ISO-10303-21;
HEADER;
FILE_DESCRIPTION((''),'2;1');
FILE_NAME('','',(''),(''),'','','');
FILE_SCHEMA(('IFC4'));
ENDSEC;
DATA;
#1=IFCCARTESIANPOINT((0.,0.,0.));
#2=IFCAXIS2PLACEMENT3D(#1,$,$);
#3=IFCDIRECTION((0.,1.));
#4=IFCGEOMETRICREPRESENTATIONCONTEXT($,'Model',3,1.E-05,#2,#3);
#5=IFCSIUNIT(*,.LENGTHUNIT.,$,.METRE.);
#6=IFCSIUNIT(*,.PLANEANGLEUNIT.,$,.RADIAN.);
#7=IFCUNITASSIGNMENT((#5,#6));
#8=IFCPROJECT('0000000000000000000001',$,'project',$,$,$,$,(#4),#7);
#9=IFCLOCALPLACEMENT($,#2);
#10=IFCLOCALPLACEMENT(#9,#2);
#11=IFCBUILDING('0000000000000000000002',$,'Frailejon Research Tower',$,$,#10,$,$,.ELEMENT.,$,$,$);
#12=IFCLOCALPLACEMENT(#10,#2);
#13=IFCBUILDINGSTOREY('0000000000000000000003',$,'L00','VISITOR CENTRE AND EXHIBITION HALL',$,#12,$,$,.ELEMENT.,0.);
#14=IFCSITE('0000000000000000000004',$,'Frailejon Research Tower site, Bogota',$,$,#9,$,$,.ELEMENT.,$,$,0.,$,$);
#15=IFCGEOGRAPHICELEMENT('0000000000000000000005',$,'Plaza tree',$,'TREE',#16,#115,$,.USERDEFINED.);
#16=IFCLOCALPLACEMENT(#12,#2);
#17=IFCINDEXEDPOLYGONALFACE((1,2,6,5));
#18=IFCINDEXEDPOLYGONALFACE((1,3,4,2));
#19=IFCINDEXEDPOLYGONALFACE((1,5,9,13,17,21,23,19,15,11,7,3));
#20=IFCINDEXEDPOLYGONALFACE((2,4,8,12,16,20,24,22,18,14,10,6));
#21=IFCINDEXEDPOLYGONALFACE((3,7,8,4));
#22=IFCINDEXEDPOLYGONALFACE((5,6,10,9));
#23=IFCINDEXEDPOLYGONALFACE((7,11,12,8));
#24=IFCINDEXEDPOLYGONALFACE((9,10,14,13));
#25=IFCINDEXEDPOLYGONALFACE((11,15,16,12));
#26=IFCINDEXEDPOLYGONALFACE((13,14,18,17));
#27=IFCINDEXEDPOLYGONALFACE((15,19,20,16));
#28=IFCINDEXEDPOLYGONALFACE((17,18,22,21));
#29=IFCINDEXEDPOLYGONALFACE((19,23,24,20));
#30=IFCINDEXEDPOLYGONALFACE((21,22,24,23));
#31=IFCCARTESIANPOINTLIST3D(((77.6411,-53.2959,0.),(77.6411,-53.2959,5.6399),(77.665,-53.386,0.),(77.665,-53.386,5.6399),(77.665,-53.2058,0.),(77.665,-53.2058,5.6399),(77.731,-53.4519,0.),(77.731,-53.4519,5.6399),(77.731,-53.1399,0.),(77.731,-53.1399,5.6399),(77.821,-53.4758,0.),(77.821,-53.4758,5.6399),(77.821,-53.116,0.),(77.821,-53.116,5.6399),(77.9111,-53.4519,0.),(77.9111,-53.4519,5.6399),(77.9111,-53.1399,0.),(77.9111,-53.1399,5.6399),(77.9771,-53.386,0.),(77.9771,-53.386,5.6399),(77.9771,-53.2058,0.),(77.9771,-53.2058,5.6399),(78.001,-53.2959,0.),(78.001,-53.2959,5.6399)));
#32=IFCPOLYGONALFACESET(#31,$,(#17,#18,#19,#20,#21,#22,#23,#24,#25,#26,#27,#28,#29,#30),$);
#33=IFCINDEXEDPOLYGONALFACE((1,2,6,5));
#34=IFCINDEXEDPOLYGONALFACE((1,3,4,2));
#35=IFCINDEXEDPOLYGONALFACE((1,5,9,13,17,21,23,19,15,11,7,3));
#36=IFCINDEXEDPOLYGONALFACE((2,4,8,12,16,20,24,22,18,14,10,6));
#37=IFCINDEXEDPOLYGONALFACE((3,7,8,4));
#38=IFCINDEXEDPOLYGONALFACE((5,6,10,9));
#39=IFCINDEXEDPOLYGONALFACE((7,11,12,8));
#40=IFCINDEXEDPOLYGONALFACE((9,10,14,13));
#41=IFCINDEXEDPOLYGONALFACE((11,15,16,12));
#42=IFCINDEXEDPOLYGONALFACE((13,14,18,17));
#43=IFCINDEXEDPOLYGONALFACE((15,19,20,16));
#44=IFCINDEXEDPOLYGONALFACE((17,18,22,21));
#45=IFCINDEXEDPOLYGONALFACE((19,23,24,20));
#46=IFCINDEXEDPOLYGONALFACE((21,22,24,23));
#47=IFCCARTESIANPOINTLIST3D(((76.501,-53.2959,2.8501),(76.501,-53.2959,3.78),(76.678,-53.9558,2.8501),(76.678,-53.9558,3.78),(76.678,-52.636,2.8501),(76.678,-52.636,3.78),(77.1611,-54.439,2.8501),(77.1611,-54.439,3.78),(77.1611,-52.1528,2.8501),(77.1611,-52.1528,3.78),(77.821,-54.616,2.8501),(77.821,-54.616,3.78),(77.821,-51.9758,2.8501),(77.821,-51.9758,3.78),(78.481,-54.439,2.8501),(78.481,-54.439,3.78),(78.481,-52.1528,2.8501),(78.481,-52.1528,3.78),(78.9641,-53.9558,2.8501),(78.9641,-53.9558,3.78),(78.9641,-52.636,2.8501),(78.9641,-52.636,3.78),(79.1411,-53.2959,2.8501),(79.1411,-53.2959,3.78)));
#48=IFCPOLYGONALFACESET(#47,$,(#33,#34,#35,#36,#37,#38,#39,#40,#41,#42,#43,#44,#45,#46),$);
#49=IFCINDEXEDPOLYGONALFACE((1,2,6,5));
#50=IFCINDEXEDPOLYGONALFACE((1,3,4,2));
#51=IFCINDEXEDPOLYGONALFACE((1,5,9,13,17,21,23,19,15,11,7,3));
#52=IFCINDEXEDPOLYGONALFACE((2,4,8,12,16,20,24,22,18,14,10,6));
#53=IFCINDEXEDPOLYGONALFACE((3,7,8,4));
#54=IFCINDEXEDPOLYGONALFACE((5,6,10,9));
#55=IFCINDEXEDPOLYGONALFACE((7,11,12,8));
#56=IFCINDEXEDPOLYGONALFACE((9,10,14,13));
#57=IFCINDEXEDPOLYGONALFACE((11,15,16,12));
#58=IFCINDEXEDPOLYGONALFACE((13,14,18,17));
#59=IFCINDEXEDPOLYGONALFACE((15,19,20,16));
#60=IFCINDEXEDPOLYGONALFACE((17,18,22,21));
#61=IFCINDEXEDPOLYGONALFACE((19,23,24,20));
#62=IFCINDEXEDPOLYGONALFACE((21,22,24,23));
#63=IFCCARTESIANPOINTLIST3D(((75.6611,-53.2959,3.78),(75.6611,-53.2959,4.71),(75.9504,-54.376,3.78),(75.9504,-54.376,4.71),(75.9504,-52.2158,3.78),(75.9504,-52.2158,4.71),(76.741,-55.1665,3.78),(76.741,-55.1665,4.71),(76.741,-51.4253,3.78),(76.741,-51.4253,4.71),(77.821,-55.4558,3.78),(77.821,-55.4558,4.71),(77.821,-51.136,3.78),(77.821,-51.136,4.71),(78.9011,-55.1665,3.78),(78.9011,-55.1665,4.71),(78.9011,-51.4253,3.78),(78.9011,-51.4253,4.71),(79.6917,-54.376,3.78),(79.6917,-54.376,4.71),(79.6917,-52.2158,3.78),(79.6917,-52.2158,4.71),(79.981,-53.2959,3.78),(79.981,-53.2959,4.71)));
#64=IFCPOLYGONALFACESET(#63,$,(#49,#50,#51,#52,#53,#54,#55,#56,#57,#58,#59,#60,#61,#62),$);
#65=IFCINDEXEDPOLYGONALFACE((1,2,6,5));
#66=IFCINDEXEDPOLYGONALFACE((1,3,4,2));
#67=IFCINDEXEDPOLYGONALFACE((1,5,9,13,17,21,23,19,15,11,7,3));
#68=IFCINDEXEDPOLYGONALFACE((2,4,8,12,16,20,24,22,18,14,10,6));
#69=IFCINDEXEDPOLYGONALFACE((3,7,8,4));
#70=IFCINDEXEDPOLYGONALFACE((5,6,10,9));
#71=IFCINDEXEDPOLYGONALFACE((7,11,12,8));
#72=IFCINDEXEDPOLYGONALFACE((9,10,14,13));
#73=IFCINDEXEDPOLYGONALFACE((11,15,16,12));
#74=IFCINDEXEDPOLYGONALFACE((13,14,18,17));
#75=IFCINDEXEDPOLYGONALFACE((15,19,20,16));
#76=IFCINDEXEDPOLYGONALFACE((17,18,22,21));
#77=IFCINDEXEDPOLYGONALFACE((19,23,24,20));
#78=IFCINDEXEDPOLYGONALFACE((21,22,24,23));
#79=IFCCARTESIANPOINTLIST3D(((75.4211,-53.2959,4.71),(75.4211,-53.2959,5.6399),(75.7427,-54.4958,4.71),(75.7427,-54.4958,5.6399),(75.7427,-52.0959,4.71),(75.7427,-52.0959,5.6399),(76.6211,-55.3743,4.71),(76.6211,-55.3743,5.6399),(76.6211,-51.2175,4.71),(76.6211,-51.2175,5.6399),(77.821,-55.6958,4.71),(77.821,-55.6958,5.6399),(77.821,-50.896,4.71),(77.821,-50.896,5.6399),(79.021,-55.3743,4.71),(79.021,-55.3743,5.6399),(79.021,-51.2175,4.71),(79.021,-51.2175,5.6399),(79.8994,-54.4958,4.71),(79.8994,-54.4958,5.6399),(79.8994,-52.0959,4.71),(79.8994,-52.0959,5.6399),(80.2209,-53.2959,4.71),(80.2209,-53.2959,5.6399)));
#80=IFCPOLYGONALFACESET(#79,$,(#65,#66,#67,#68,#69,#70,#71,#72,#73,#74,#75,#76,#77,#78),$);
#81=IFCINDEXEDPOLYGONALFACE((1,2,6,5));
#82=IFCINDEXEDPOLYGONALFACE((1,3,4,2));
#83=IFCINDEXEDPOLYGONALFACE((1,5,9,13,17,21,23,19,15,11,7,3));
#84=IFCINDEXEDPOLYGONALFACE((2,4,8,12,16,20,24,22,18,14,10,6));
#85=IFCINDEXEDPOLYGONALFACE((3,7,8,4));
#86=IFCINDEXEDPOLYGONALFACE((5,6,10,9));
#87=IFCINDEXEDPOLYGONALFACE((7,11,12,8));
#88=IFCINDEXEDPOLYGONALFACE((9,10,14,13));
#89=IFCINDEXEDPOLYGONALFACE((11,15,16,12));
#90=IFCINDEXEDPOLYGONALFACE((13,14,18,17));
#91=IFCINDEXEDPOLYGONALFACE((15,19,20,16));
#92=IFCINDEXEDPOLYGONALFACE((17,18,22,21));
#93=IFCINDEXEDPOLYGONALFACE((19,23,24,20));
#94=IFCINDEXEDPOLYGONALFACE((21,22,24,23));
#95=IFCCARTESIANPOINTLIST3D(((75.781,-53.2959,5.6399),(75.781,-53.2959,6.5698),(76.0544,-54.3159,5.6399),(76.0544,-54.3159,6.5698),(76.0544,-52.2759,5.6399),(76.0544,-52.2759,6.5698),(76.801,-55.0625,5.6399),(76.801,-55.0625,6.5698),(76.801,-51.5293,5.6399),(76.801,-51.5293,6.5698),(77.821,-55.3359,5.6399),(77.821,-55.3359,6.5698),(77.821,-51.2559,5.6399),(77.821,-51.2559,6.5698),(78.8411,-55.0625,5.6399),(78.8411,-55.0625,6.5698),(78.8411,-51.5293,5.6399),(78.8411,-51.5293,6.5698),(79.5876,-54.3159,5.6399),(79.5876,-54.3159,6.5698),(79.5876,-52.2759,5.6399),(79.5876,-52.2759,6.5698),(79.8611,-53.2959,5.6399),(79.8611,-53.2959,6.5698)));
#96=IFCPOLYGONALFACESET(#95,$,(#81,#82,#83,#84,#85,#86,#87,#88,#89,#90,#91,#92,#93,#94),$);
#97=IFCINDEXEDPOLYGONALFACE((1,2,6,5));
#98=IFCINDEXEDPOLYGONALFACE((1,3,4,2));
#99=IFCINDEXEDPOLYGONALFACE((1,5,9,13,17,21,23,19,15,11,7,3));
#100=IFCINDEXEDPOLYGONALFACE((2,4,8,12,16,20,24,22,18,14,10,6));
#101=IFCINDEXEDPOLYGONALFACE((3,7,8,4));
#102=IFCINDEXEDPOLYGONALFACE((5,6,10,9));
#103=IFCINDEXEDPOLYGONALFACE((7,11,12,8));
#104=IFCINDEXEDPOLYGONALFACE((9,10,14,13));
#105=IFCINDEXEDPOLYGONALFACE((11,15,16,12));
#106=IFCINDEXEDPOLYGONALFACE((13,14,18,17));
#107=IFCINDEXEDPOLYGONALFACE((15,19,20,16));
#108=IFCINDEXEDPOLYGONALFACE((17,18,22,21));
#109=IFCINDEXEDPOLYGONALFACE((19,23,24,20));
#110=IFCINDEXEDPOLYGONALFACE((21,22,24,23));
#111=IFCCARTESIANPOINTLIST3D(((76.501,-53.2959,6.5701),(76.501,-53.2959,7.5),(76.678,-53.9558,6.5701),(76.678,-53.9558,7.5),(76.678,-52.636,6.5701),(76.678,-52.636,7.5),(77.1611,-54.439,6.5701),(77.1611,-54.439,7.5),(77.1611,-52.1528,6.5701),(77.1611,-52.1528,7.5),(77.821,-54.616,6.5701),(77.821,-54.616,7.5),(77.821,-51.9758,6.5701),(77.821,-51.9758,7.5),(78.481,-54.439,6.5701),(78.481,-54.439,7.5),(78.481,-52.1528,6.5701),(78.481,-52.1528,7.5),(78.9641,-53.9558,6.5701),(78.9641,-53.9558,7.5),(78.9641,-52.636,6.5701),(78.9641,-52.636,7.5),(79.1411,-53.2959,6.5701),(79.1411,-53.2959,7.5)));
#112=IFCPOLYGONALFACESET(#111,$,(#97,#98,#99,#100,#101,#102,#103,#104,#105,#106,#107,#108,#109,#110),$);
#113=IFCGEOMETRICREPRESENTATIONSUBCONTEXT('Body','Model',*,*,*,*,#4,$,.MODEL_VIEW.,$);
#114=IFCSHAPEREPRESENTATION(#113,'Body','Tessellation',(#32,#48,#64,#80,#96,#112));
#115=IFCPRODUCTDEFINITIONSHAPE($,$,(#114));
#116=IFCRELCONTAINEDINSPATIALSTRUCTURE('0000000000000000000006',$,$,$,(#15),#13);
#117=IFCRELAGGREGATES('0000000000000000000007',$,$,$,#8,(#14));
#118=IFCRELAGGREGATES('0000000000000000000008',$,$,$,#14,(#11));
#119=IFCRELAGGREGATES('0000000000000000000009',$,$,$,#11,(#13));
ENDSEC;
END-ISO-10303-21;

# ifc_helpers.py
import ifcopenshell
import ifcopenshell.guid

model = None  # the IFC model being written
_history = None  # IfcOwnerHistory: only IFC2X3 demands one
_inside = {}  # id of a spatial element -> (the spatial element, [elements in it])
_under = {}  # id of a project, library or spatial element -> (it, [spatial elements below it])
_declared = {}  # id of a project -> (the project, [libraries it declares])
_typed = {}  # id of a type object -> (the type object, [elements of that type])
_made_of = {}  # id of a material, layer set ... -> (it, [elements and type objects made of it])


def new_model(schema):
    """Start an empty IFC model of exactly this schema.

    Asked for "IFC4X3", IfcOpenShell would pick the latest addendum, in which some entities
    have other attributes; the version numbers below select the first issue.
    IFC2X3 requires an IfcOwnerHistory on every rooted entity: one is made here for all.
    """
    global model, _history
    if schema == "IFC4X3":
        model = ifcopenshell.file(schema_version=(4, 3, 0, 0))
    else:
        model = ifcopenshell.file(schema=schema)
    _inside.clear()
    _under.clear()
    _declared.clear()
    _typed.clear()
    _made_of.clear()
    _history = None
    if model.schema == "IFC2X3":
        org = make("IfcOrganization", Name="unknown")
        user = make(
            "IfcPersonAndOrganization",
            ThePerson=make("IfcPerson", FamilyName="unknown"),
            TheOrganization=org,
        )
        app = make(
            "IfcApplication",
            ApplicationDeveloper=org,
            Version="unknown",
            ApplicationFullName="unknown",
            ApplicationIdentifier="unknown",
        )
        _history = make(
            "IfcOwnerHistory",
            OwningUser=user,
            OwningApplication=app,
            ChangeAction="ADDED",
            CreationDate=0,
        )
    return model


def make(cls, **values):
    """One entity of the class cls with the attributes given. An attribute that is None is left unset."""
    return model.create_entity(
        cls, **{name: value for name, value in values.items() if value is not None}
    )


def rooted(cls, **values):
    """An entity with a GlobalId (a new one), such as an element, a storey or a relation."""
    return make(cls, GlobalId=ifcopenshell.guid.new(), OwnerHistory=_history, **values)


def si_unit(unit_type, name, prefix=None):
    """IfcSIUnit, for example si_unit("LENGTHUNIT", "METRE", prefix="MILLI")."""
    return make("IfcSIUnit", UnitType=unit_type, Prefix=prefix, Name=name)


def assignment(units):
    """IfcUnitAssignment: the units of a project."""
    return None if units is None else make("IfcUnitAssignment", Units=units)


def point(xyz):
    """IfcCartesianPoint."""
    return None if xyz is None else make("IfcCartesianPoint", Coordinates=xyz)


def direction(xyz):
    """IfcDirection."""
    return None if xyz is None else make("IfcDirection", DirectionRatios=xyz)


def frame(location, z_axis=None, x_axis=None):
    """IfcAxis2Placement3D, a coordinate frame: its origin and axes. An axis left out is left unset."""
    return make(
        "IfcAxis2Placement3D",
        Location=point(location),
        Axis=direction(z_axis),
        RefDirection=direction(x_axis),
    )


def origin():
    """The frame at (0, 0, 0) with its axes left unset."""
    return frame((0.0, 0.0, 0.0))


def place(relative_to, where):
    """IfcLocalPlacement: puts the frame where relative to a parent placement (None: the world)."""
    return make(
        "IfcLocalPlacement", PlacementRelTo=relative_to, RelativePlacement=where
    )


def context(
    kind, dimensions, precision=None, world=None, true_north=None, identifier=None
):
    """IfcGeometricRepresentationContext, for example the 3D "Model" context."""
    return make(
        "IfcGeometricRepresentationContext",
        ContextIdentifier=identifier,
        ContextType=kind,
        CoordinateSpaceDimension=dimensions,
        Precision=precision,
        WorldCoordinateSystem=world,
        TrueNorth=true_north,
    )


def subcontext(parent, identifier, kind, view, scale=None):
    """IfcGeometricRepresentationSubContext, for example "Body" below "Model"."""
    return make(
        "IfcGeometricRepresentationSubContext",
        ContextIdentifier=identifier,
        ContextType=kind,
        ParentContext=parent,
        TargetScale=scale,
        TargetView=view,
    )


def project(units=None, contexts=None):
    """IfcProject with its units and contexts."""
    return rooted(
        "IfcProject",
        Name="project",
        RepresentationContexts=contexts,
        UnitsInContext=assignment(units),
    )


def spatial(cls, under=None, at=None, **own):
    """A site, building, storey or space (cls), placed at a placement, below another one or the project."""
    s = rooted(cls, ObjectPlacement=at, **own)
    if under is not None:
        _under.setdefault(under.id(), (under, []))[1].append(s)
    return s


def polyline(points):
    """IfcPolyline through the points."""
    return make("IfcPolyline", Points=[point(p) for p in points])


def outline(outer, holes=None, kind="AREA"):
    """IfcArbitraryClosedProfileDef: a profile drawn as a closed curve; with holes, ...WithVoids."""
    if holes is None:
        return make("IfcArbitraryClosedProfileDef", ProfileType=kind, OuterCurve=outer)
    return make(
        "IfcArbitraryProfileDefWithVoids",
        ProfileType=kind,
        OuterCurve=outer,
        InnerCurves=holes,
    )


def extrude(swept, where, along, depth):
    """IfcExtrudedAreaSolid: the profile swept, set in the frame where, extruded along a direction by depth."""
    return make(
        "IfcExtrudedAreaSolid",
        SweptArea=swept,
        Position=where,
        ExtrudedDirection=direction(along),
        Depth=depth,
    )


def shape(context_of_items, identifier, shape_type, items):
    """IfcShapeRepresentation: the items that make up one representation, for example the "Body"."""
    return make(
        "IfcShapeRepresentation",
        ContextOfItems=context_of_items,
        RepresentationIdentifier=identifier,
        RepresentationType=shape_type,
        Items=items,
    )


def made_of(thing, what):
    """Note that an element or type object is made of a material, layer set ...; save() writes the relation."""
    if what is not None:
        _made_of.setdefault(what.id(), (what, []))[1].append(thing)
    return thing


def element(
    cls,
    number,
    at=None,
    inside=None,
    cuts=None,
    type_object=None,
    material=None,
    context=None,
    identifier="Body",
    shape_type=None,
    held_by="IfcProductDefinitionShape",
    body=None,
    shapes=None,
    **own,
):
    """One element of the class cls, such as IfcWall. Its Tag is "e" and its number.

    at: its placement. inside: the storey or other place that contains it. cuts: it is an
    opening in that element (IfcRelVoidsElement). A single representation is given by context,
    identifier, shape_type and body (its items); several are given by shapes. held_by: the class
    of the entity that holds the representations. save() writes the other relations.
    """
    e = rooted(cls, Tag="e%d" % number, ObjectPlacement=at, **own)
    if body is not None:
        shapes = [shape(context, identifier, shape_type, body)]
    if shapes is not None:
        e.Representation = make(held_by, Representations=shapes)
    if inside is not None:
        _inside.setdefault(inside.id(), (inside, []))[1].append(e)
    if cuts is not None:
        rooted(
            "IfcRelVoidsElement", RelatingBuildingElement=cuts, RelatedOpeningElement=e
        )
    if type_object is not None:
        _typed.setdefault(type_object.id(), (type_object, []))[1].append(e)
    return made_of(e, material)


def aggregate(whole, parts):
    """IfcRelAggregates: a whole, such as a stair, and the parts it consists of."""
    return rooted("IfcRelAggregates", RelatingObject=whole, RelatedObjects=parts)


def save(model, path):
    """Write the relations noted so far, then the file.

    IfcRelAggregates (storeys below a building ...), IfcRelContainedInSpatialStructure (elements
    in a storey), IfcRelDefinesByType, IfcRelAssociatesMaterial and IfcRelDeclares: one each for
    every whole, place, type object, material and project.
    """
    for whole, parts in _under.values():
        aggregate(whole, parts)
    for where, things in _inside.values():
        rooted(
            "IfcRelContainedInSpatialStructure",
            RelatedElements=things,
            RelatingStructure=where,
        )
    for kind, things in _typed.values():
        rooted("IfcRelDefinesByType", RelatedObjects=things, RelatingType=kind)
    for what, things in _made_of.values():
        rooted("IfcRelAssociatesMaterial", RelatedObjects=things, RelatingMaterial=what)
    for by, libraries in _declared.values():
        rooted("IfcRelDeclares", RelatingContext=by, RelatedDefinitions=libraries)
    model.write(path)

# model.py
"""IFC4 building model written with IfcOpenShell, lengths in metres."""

from ifc_helpers import new_model, si_unit, direction, frame, origin, place, context, subcontext, project, spatial, polyline, outline, extrude, element, save


model = new_model("IFC4")

# Units and contexts
model_context = context("Model", 3, precision=1e-05, world=origin(), true_north=direction((0.0, 1.0)))
body_context = subcontext(model_context, "Body", "Model", "MODEL_VIEW")
ifc_project = project(units=[si_unit("LENGTHUNIT", "METRE"), si_unit("PLANEANGLEUNIT", "RADIAN")], contexts=[model_context])

# Site, building, storey
site_placement = place(None, origin())
site = spatial("IfcSite", under=ifc_project, at=site_placement, Name="Frailejon Research Tower site, Bogota", CompositionType="ELEMENT", RefElevation=0.0)
building_placement = place(site_placement, origin())
building = spatial("IfcBuilding", under=site, at=building_placement, Name="Frailejon Research Tower", CompositionType="ELEMENT")
storey_placement = place(building_placement, origin())
storey = spatial("IfcBuildingStorey", under=building, at=storey_placement, Name="L00", Description="VISITOR CENTRE AND EXHIBITION HALL", CompositionType="ELEMENT", Elevation=0.0)

# Geographic element
geographic_element_1_placement = place(storey_placement, frame((77.821, -53.2959, 0.0)))
element("IfcGeographicElement", 1, at=geographic_element_1_placement, inside=storey, Name="Plaza tree", ObjectType="TREE", PredefinedType="USERDEFINED", context=body_context, shape_type="SweptSolid", body=[
    extrude(outline(polyline([(0.1799, 0.0), (0.156, 0.0901), (0.0901, 0.156), (0.0, 0.1799), (-0.0901, 0.156), (-0.156, 0.0901), (-0.1799, 0.0), (-0.156, -0.0901), (-0.0901, -0.156), (0.0, -0.1799), (0.0901, -0.156), (0.156, -0.0901), (0.1799, 0.0)])), origin(), (0.0, 0.0, 1.0), 5.6399),
    extrude(outline(polyline([(1.3201, 0.0), (1.1431, 0.6599), (0.6599, 1.1431), (0.0, 1.3201), (-0.6599, 1.1431), (-1.1431, 0.6599), (-1.3201, 0.0), (-1.1431, -0.6599), (-0.6599, -1.1431), (0.0, -1.3201), (0.6599, -1.1431), (1.1431, -0.6599), (1.3201, 0.0)])), frame((0.0, 0.0, 2.8501)), (0.0, 0.0, 1.0), 0.9299),
    extrude(outline(polyline([(2.1599, 0.0), (1.8706, 1.0801), (1.0801, 1.8706), (0.0, 2.1599), (-1.0801, 1.8706), (-1.8706, 1.0801), (-2.1599, 0.0), (-1.8706, -1.0801), (-1.0801, -1.8706), (0.0, -2.1599), (1.0801, -1.8706), (1.8706, -1.0801), (2.1599, 0.0)])), frame((0.0, 0.0, 3.78)), (0.0, 0.0, 1.0), 0.9299),
    extrude(outline(polyline([(2.3999, 0.0), (2.0784, 1.2), (1.2, 2.0784), (0.0, 2.3999), (-1.2, 2.0784), (-2.0784, 1.2), (-2.3999, 0.0), (-2.0784, -1.2), (-1.2, -2.0784), (0.0, -2.3999), (1.2, -2.0784), (2.0784, -1.2), (2.3999, 0.0)])), frame((0.0, 0.0, 4.71)), (0.0, 0.0, 1.0), 0.9299),
    extrude(outline(polyline([(2.04, 0.0), (1.7666, 1.02), (1.02, 1.7666), (0.0, 2.04), (-1.02, 1.7666), (-1.7666, 1.02), (-2.04, 0.0), (-1.7666, -1.02), (-1.02, -1.7666), (0.0, -2.04), (1.02, -1.7666), (1.7666, -1.02), (2.04, 0.0)])), frame((0.0, 0.0, 5.6399)), (0.0, 0.0, 1.0), 0.9299),
    extrude(outline(polyline([(1.3201, 0.0), (1.1431, 0.6599), (0.6599, 1.1431), (0.0, 1.3201), (-0.6599, 1.1431), (-1.1431, 0.6599), (-1.3201, 0.0), (-1.1431, -0.6599), (-0.6599, -1.1431), (0.0, -1.3201), (0.6599, -1.1431), (1.1431, -0.6599), (1.3201, 0.0)])), frame((0.0, 0.0, 6.5701)), (0.0, 0.0, 1.0), 0.9299),
])

save(model, "model.ifc")
